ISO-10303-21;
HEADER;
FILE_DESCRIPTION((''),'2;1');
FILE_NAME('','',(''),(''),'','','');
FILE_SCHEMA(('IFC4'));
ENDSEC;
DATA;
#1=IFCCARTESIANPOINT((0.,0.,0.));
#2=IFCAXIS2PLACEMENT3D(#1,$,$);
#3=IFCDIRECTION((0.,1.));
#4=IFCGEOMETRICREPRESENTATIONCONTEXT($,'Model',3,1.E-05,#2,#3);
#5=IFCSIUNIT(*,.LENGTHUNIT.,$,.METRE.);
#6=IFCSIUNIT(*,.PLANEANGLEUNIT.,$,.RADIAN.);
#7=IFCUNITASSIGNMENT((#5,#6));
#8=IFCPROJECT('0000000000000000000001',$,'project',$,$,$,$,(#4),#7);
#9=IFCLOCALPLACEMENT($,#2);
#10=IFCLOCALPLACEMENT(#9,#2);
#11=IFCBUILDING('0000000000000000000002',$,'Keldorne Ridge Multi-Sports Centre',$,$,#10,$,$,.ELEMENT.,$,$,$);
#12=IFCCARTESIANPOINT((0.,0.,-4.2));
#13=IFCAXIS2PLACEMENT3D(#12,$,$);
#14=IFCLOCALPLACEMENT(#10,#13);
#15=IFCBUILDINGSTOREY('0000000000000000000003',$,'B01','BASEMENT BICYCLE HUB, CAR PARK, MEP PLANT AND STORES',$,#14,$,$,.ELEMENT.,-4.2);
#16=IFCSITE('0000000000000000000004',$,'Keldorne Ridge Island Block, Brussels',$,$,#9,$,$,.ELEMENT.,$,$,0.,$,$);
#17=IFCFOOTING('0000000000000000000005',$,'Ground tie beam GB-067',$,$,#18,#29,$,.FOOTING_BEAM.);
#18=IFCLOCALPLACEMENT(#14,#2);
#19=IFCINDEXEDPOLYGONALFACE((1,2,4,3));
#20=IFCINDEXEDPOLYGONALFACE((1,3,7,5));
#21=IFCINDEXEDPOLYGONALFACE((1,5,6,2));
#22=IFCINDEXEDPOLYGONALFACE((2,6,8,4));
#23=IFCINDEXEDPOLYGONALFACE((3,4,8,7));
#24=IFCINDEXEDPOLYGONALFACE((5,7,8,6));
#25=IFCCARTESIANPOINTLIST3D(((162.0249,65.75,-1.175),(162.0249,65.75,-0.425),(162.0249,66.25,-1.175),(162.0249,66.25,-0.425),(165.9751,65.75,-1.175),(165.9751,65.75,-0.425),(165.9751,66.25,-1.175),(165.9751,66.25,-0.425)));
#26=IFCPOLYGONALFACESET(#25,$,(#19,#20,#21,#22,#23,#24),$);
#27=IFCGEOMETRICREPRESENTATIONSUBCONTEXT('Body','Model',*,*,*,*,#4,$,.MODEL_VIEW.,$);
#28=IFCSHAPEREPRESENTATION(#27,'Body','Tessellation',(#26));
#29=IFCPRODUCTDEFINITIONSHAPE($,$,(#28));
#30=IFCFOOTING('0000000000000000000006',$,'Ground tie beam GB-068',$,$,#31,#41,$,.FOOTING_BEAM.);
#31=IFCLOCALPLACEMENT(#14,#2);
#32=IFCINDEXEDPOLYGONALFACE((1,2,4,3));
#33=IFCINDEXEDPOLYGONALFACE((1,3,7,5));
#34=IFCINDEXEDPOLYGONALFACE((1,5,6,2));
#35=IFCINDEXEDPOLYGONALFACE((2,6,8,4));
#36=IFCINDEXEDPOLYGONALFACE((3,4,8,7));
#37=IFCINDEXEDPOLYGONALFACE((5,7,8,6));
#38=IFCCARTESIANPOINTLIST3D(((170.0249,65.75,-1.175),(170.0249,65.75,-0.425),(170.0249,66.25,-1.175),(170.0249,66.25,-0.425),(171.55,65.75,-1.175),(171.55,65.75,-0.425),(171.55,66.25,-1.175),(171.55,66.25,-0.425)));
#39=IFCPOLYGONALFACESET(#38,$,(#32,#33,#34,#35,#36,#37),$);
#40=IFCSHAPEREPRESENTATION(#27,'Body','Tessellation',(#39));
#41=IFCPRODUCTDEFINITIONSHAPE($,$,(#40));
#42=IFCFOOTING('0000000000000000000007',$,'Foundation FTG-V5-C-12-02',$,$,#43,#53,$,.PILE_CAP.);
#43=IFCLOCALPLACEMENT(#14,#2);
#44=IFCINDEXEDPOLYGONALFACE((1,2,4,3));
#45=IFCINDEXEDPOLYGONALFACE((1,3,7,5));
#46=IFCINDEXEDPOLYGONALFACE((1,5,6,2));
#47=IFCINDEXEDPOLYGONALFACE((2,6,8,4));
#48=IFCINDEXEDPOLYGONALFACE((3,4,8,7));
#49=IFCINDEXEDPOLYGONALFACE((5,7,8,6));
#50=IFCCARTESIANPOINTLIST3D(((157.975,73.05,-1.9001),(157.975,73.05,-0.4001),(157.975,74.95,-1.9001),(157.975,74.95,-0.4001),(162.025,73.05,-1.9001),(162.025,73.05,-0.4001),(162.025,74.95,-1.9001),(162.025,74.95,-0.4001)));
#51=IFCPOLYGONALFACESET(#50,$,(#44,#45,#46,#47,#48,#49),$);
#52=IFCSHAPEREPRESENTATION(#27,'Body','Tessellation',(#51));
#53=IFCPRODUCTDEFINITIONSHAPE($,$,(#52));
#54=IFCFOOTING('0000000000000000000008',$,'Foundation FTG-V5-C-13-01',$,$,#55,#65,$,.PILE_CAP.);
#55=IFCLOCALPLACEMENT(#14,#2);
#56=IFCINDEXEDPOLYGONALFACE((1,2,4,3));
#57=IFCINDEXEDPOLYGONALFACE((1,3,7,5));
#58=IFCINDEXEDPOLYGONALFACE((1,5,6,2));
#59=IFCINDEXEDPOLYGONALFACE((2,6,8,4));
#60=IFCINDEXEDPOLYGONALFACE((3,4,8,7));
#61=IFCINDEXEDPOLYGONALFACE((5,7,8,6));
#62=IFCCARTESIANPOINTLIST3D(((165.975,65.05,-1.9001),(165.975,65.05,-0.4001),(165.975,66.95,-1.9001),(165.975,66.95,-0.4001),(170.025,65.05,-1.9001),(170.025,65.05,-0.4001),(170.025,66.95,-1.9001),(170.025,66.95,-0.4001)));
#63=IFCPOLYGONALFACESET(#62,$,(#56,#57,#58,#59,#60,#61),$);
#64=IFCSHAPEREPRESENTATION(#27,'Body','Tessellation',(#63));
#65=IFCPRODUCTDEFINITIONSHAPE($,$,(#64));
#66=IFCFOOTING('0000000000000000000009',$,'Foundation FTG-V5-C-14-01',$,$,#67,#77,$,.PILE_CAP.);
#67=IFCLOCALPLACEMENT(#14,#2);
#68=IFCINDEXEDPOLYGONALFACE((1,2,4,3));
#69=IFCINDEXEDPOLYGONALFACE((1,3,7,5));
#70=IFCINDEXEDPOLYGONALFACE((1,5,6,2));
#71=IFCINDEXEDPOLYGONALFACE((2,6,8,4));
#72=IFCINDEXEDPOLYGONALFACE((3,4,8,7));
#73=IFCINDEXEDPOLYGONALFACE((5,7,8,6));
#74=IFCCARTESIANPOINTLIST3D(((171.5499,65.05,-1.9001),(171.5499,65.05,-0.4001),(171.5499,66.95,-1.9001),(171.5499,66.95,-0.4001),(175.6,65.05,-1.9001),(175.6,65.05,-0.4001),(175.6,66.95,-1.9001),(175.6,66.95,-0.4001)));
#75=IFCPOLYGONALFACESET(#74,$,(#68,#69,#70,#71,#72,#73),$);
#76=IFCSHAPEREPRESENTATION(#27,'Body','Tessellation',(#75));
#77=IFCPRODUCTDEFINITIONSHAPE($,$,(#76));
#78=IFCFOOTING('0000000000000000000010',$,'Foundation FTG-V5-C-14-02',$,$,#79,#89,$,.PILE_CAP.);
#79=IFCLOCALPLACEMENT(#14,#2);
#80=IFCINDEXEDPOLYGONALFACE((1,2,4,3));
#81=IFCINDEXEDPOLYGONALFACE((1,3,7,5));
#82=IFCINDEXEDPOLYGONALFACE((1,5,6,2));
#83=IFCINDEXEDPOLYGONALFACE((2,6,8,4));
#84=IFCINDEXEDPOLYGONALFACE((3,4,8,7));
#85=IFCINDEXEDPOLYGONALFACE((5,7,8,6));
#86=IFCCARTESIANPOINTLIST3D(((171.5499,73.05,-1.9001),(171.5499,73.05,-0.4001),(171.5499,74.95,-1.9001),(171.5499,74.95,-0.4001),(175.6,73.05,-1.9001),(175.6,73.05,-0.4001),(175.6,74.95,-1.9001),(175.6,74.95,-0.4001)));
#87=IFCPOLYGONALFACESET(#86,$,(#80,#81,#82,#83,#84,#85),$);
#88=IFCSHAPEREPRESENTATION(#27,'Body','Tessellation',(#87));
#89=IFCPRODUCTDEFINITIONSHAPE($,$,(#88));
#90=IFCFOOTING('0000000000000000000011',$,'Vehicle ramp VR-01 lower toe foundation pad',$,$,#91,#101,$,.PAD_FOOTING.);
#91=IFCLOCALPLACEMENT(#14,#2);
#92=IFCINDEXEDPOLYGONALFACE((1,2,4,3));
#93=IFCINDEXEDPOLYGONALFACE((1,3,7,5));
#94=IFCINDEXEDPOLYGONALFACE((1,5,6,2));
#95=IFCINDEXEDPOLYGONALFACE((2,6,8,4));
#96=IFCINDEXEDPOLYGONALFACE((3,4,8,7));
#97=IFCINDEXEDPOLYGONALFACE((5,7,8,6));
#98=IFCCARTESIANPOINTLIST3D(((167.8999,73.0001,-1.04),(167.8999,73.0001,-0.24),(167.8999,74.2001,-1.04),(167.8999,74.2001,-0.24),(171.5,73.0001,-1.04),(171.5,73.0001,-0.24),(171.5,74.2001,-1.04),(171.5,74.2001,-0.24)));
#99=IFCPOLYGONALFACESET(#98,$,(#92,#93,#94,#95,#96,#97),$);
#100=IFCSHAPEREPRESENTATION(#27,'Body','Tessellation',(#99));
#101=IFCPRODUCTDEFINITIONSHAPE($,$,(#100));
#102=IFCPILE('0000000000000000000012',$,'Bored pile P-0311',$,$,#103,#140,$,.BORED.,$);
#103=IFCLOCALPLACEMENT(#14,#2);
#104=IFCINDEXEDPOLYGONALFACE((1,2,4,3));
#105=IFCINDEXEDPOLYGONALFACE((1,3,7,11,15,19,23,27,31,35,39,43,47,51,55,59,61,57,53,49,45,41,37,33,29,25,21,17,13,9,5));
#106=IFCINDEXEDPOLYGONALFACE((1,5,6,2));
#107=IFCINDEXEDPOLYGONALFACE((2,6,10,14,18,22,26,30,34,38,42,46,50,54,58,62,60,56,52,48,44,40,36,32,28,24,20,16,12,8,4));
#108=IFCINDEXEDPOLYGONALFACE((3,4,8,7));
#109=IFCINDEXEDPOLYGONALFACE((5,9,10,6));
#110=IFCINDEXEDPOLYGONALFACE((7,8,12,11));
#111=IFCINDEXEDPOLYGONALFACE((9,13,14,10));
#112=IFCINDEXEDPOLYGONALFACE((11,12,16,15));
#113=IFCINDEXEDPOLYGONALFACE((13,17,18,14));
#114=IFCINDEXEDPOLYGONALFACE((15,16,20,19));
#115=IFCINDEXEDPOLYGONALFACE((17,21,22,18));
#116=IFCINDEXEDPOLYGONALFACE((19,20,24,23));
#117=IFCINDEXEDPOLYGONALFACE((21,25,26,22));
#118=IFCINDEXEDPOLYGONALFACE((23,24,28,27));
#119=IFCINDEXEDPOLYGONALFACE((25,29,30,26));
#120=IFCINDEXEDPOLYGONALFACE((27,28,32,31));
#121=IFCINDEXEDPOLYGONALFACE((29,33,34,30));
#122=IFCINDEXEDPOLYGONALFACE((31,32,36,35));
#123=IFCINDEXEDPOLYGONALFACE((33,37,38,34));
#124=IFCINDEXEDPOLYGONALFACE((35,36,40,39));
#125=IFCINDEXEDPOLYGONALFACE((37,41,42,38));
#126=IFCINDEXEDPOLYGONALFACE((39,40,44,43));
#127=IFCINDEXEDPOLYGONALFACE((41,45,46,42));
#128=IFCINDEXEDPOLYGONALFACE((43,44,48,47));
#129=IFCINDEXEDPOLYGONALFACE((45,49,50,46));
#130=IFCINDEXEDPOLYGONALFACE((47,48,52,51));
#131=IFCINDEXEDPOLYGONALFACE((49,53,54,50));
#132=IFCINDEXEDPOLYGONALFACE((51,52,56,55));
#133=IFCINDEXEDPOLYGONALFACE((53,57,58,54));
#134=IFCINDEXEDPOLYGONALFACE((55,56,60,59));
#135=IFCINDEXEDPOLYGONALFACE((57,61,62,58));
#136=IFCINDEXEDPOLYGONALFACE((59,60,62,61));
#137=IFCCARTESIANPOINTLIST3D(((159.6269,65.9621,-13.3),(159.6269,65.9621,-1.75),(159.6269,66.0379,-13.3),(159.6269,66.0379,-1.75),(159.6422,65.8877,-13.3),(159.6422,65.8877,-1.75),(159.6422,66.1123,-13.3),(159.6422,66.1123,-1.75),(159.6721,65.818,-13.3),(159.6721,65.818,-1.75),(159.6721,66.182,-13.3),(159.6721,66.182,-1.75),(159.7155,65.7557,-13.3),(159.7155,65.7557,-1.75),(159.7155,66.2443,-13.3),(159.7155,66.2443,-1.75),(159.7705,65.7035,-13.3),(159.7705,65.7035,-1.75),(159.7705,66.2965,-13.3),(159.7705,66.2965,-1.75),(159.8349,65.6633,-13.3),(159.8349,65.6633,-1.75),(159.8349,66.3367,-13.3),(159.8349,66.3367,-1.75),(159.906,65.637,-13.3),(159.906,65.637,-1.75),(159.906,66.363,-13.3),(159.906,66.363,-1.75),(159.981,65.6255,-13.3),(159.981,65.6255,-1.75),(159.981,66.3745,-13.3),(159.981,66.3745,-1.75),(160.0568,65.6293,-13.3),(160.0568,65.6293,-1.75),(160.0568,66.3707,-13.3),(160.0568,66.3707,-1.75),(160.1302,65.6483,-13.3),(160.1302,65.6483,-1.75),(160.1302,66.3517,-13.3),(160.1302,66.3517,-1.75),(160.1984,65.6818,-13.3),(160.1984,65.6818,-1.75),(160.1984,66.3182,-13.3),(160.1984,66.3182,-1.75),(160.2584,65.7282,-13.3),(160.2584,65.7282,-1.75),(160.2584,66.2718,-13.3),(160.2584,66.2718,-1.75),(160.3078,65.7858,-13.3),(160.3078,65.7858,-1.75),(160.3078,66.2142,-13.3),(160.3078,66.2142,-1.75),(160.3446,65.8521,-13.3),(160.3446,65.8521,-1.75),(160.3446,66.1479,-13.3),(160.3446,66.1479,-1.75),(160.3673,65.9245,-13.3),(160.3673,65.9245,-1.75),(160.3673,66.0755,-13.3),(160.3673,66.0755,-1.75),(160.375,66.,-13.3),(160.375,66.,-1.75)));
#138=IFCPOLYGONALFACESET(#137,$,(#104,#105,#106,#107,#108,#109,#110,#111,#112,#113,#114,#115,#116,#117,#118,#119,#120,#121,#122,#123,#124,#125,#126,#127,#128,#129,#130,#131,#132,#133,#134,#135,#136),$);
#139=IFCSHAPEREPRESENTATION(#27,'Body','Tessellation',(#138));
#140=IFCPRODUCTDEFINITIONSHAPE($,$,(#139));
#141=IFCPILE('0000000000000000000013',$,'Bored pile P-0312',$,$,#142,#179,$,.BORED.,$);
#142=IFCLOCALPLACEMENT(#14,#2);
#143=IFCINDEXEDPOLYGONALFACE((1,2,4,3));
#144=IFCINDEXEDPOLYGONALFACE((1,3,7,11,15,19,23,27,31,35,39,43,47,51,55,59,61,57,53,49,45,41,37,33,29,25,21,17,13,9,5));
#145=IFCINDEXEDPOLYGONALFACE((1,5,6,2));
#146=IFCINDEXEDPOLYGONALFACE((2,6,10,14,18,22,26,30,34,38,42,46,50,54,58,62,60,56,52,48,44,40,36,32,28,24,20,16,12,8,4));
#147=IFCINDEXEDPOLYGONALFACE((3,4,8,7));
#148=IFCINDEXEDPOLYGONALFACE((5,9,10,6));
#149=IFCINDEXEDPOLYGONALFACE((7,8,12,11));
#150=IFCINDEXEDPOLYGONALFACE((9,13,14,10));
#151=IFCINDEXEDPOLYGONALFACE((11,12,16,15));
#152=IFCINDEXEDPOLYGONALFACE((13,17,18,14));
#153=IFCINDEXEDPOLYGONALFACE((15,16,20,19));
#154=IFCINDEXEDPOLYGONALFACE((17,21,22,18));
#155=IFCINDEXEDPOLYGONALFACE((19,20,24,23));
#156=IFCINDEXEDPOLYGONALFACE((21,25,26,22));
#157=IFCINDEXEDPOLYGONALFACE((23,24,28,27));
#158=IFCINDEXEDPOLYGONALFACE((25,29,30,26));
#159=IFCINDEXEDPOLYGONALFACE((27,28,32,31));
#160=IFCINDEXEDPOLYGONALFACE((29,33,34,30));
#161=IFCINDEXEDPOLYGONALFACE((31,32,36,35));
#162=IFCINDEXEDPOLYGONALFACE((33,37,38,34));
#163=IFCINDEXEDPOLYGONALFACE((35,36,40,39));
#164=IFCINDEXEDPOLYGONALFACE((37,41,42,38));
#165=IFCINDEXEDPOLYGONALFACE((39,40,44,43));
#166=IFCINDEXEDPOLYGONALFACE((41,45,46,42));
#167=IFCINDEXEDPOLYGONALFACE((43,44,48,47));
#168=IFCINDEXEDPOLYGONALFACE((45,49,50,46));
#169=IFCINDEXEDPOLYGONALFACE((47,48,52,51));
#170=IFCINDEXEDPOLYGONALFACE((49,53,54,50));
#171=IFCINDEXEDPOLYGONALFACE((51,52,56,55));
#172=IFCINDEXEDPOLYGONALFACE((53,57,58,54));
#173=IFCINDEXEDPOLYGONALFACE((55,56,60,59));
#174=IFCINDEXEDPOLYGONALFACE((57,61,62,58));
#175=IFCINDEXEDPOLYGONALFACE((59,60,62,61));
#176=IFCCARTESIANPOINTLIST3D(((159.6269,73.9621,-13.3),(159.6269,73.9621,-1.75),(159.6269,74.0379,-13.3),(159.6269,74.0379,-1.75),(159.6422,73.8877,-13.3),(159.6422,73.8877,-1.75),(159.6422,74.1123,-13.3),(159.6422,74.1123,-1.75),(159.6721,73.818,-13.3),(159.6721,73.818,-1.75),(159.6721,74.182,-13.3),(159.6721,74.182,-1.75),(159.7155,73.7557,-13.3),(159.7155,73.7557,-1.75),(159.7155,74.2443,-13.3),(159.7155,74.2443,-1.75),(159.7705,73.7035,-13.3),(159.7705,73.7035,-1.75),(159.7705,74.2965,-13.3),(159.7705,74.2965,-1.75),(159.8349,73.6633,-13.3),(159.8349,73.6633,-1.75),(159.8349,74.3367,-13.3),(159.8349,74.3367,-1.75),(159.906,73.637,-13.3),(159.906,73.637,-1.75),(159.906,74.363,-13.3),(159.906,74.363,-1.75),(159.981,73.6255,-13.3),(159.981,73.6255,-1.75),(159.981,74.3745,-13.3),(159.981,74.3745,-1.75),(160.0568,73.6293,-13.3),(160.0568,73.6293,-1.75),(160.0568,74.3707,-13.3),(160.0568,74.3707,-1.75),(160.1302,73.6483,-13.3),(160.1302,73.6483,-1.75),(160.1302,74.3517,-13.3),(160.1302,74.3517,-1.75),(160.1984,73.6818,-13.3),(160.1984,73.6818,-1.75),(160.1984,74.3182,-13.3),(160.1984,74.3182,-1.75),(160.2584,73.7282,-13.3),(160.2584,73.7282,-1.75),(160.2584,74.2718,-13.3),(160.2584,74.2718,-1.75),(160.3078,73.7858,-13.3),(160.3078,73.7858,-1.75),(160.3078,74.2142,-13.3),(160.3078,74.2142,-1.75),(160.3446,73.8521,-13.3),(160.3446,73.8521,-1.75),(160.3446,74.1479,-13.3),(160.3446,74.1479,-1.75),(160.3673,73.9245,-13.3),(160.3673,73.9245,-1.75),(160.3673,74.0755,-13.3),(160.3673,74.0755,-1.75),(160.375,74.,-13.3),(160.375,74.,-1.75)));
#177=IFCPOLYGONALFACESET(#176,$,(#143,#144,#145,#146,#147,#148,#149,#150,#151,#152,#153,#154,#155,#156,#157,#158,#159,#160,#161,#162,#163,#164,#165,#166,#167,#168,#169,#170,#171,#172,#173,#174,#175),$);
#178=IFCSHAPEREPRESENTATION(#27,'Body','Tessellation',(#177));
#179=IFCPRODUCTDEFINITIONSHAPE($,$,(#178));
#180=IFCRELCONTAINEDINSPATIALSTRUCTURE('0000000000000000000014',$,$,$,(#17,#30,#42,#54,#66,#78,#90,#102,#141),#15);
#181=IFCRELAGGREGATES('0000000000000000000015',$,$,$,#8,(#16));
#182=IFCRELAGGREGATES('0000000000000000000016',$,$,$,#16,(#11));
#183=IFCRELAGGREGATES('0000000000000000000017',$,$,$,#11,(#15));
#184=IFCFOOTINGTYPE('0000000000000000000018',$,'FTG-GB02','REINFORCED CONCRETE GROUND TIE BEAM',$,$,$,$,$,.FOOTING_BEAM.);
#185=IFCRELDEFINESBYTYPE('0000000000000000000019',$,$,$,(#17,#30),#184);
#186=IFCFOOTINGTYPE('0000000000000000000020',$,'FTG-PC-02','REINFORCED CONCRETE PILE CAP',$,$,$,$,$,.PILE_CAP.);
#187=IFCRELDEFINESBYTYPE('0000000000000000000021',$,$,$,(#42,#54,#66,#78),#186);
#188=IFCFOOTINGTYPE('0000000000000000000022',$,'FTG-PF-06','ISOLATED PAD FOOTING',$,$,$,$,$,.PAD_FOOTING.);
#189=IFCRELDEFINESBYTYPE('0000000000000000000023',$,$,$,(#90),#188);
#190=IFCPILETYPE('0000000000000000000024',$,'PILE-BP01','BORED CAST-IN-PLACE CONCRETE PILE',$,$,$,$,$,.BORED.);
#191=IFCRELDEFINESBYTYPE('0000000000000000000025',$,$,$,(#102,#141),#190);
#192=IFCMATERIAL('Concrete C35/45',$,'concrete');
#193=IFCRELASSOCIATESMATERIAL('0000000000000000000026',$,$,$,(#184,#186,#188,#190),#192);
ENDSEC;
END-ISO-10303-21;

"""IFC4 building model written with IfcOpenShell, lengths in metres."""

from ifc_helpers import new_model, si_unit, direction, frame, origin, origin_2d, place, context, subcontext, project, spatial, rectangle, circle, extrude, material, material_profile, profile_set, type_object, element, save


model = new_model("IFC4")

# Units and contexts
model_context = context("Model", 3, precision=1e-05, world=origin(), true_north=direction((0.0, 1.0)))
body_context = subcontext(model_context, "Body", "Model", "MODEL_VIEW")
ifc_project = project(units=[si_unit("LENGTHUNIT", "METRE"), si_unit("PLANEANGLEUNIT", "RADIAN")], contexts=[model_context])

# Site, building, storey
site_placement = place(None, origin())
site = spatial("IfcSite", under=ifc_project, at=site_placement, Name="Keldorne Ridge Island Block, Brussels", CompositionType="ELEMENT", RefElevation=0.0)
building_placement = place(site_placement, origin())
building = spatial("IfcBuilding", under=site, at=building_placement, Name="Keldorne Ridge Multi-Sports Centre", CompositionType="ELEMENT")
storey_placement = place(building_placement, frame((0.0, 0.0, -4.2)))
storey = spatial("IfcBuildingStorey", under=building, at=storey_placement, Name="B01", Description="BASEMENT BICYCLE HUB, CAR PARK, MEP PLANT AND STORES", CompositionType="ELEMENT", Elevation=-4.2)

# Footings
ifc_material_1 = material(Name="Concrete C35/45", Category="concrete")
ifc_material_profile_1 = material_profile(ifc_material_1, rectangle(XDim=0.5, YDim=0.75, at=origin_2d()), Name="GB 500x750")
ifc_profile_set_1 = profile_set([ifc_material_profile_1], Name="Concrete C35/45")
footing_type_1 = type_object("IfcFootingType", Name="FTG-GB02", Description="REINFORCED CONCRETE GROUND TIE BEAM", PredefinedType="FOOTING_BEAM", material=ifc_profile_set_1)
footing_1_placement = place(storey_placement, frame((162.0249, 66.0, -0.8), z_axis=(1.0, 0.0, 0.0), x_axis=(0.0, 1.0, 0.0)))
element("IfcFooting", 1, at=footing_1_placement, inside=storey, type_object=footing_type_1, Name="Ground tie beam GB-067", PredefinedType="FOOTING_BEAM", context=body_context, shape_type="SweptSolid", body=[
    extrude(rectangle(XDim=0.5, YDim=0.75, at=origin_2d()), origin(), (0.0, 0.0, 1.0), 3.9502),
])
footing_2_placement = place(storey_placement, frame((170.0249, 66.0, -0.8), z_axis=(1.0, 0.0, 0.0), x_axis=(0.0, 1.0, 0.0)))
element("IfcFooting", 2, at=footing_2_placement, inside=storey, type_object=footing_type_1, Name="Ground tie beam GB-068", PredefinedType="FOOTING_BEAM", context=body_context, shape_type="SweptSolid", body=[
    extrude(rectangle(XDim=0.5, YDim=0.75, at=origin_2d()), origin(), (0.0, 0.0, 1.0), 1.5251),
])
footing_type_2 = type_object("IfcFootingType", Name="FTG-PC-02", Description="REINFORCED CONCRETE PILE CAP", PredefinedType="PILE_CAP", material=ifc_material_1)
for number, where, z_axis, x_axis, name in (
    (3, (160.0, 74.0, -1.9001), (0.0, 0.0, 1.0), (1.0, 0.0, 0.0), "Foundation FTG-V5-C-12-02"),
    (4, (168.0, 66.0, -1.9001), (0.0, 0.0, 1.0), (1.0, 0.0, 0.0), "Foundation FTG-V5-C-13-01"),
    (5, (173.575, 66.0, -1.9001), (0.0, 0.0, 1.0), (1.0, 0.0, 0.0), "Foundation FTG-V5-C-14-01"),
    (6, (173.575, 74.0, -1.9001), (0.0, 0.0, 1.0), (1.0, 0.0, 0.0), "Foundation FTG-V5-C-14-02"),
):
    element("IfcFooting", number, at=place(storey_placement, frame(where, z_axis=z_axis, x_axis=x_axis)), inside=storey, type_object=footing_type_2, Name=name, PredefinedType="PILE_CAP", context=body_context, shape_type="SweptSolid", body=[
        extrude(rectangle(XDim=4.05, YDim=1.8999, at=origin_2d()), origin(), (0.0, 0.0, 1.0), 1.5),
    ])
footing_type_3 = type_object("IfcFootingType", Name="FTG-PF-06", Description="ISOLATED PAD FOOTING", PredefinedType="PAD_FOOTING", material=ifc_material_1)
footing_3_placement = place(storey_placement, frame((169.7, 73.6001, -1.04), z_axis=(0.0, 0.0, 1.0), x_axis=(1.0, 0.0, 0.0)))
element("IfcFooting", 7, at=footing_3_placement, inside=storey, type_object=footing_type_3, Name="Vehicle ramp VR-01 lower toe foundation pad", PredefinedType="PAD_FOOTING", context=body_context, shape_type="SweptSolid", body=[
    extrude(rectangle(XDim=3.6001, YDim=1.2, at=origin_2d()), origin(), (0.0, 0.0, 1.0), 0.8),
])

# Piles
ifc_material_profile_2 = material_profile(ifc_material_1, circle(Radius=0.375, at=origin_2d()), Name="BORED PILE D750")
ifc_profile_set_2 = profile_set([ifc_material_profile_2], Name="Concrete C35/45")
pile_type = type_object("IfcPileType", Name="PILE-BP01", Description="BORED CAST-IN-PLACE CONCRETE PILE", PredefinedType="BORED", material=ifc_profile_set_2)
for number, where, z_axis, x_axis, name in (
    (8, (160.0, 66.0, -1.75), (0.0, 0.0, -1.0), (1.0, 0.0, 0.0), "Bored pile P-0311"),
    (9, (160.0, 74.0, -1.75), (0.0, 0.0, -1.0), (1.0, 0.0, 0.0), "Bored pile P-0312"),
):
    element("IfcPile", number, at=place(storey_placement, frame(where, z_axis=z_axis, x_axis=x_axis)), inside=storey, type_object=pile_type, Name=name, PredefinedType="BORED", context=body_context, shape_type="SweptSolid", body=[
        extrude(circle(Radius=0.375, at=origin_2d()), origin(), (0.0, 0.0, 1.0), 11.55),
    ])

save(model, "model.ifc")
